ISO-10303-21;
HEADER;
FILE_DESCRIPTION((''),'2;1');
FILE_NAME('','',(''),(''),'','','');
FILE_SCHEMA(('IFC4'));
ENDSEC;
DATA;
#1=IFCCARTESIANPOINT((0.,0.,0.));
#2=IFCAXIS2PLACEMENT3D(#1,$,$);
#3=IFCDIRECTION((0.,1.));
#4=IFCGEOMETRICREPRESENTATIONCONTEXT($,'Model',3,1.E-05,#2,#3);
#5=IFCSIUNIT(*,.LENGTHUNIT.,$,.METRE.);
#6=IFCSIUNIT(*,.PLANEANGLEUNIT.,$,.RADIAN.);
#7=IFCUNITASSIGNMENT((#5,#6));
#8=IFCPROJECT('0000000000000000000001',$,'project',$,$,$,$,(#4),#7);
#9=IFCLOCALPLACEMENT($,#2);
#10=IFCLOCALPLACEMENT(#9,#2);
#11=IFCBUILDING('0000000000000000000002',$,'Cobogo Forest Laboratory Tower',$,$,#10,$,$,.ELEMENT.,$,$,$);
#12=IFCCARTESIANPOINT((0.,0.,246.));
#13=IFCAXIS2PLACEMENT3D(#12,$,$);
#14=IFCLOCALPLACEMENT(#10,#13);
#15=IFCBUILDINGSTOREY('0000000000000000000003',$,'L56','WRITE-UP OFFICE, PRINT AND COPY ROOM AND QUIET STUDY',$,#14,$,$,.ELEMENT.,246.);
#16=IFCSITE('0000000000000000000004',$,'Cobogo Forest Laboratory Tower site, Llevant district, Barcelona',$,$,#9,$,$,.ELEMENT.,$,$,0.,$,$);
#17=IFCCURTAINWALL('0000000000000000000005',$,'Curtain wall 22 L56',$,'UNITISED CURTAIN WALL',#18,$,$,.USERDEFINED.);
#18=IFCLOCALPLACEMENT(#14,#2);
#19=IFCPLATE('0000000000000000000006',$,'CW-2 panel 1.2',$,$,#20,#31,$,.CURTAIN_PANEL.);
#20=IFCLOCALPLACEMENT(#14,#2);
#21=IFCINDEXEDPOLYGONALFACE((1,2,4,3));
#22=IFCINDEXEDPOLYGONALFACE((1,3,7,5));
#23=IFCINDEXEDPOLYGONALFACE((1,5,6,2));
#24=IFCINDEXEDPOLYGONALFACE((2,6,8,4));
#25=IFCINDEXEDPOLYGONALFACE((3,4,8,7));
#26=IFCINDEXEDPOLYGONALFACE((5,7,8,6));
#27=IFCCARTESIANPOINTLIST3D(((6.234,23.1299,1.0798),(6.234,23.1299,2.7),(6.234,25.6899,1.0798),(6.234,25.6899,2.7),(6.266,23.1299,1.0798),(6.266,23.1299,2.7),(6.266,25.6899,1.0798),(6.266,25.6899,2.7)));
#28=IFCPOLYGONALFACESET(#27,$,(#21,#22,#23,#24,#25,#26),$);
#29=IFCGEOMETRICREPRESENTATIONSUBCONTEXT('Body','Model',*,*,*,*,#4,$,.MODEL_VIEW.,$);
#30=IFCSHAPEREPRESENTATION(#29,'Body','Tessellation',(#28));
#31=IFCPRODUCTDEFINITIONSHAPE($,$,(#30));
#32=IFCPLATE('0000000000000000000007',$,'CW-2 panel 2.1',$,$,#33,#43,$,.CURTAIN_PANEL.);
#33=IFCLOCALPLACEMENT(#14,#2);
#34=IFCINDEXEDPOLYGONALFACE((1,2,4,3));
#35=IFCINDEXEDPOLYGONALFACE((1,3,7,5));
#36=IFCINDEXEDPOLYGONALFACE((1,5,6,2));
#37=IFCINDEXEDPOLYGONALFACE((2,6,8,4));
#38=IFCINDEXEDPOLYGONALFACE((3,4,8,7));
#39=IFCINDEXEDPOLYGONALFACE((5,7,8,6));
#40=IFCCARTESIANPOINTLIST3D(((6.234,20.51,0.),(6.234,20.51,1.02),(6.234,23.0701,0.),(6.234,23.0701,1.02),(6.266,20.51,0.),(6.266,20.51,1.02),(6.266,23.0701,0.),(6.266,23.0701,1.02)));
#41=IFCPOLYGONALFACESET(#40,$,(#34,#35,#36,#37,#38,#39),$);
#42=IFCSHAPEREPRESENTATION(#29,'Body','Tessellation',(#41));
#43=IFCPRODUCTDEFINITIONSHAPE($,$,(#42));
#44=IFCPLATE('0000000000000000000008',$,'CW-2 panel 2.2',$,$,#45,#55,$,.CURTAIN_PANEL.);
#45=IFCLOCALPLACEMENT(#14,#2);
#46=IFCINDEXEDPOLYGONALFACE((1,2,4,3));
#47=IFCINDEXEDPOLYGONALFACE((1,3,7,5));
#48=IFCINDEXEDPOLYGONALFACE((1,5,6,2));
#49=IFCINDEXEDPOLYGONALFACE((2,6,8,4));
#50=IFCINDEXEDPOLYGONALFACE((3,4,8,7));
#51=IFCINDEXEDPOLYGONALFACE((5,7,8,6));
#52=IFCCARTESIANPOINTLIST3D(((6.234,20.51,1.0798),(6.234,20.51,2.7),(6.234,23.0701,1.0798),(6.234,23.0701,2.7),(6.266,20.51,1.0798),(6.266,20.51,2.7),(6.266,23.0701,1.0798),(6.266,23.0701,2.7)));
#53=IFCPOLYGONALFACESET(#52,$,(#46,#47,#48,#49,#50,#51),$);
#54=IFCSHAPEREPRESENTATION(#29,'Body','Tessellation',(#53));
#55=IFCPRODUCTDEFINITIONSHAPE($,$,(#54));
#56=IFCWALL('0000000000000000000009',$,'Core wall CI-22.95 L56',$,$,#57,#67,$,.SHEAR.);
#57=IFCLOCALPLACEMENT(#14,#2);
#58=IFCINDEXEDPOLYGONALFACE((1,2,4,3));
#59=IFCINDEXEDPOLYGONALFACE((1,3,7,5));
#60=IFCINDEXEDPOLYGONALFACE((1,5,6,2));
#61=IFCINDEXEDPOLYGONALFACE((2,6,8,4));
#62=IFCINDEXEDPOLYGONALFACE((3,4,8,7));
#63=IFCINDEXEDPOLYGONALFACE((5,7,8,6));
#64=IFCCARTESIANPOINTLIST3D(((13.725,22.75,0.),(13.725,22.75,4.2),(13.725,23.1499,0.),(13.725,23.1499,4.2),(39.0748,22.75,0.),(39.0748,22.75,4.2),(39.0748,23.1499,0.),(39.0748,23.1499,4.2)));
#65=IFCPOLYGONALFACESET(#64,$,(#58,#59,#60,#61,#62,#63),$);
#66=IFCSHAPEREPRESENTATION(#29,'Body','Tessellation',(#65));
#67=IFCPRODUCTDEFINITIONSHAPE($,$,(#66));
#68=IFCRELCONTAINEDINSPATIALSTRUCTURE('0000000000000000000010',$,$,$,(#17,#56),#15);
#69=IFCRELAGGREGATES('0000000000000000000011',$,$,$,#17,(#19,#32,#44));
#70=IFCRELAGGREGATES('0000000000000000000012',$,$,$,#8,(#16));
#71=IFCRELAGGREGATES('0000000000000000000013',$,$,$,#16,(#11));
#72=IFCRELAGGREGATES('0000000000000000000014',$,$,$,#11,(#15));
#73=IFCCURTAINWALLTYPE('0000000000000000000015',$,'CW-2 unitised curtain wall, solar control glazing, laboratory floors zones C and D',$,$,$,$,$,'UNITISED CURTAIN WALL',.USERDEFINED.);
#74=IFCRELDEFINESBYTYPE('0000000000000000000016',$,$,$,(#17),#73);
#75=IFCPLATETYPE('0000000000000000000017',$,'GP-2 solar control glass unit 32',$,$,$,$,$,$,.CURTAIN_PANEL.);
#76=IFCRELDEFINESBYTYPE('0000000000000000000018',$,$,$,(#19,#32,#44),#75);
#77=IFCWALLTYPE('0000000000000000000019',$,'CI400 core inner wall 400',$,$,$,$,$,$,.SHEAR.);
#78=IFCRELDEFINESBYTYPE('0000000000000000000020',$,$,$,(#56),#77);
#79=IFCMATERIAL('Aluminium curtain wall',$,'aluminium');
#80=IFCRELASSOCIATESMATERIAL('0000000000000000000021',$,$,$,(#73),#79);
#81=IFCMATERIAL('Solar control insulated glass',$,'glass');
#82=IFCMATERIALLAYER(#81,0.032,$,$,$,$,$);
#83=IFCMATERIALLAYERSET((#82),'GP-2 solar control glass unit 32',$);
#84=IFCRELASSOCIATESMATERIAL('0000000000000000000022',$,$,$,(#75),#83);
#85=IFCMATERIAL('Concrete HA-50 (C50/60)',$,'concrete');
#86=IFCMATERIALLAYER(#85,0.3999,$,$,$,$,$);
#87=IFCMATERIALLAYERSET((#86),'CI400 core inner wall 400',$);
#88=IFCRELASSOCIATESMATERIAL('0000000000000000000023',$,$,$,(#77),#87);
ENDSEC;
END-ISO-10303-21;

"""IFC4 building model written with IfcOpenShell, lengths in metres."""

from ifc_helpers import new_model, si_unit, direction, frame, frame_2d, origin, origin_2d, place, context, subcontext, project, spatial, rectangle, extrude, material, layer, layer_set, type_object, element, aggregate, save


model = new_model("IFC4")

# Units and contexts
model_context = context("Model", 3, precision=1e-05, world=origin(), true_north=direction((0.0, 1.0)))
body_context = subcontext(model_context, "Body", "Model", "MODEL_VIEW")
ifc_project = project(units=[si_unit("LENGTHUNIT", "METRE"), si_unit("PLANEANGLEUNIT", "RADIAN")], contexts=[model_context])

# Site, building, storey
site_placement = place(None, origin())
site = spatial("IfcSite", under=ifc_project, at=site_placement, Name="Cobogo Forest Laboratory Tower site, Llevant district, Barcelona", CompositionType="ELEMENT", RefElevation=0.0)
building_placement = place(site_placement, origin())
building = spatial("IfcBuilding", under=site, at=building_placement, Name="Cobogo Forest Laboratory Tower", CompositionType="ELEMENT")
storey_placement = place(building_placement, frame((0.0, 0.0, 246.0)))
storey = spatial("IfcBuildingStorey", under=building, at=storey_placement, Name="L56", Description="WRITE-UP OFFICE, PRINT AND COPY ROOM AND QUIET STUDY", CompositionType="ELEMENT", Elevation=246.0)

# Shared definitions
ifc_material_1 = material(Name="Concrete HA-50 (C50/60)", Category="concrete")

# Shared definitions
ifc_material_2 = material(Name="Aluminium curtain wall", Category="aluminium")
curtain_wall_type = type_object("IfcCurtainWallType", Name="CW-2 unitised curtain wall, solar control glazing, laboratory floors zones C and D", ElementType="UNITISED CURTAIN WALL", PredefinedType="USERDEFINED", material=ifc_material_2)

# Curtain wall
curtain_wall_1_placement = place(storey_placement, origin())
curtain_wall_1 = element("IfcCurtainWall", 1, at=curtain_wall_1_placement, inside=storey, type_object=curtain_wall_type, Name="Curtain wall 22 L56", ObjectType="UNITISED CURTAIN WALL", PredefinedType="USERDEFINED")

# Plates
ifc_material_3 = material(Name="Solar control insulated glass", Category="glass")
ifc_layer_1 = layer(ifc_material_3, 0.032)
ifc_layer_set_1 = layer_set([ifc_layer_1], Name="GP-2 solar control glass unit 32")
plate_type_1 = type_object("IfcPlateType", Name="GP-2 solar control glass unit 32", PredefinedType="CURTAIN_PANEL", material=ifc_layer_set_1)
plate_1_placement = place(storey_placement, frame((6.25, 24.4099, 1.0798), z_axis=(0.0, 0.0, 1.0), x_axis=(0.0, -1.0, 0.0)))
plate_1 = element("IfcPlate", 2, at=plate_1_placement, type_object=plate_type_1, Name="CW-2 panel 1.2", PredefinedType="CURTAIN_PANEL", context=body_context, shape_type="SweptSolid", body=[
    extrude(rectangle(XDim=2.5601, YDim=0.032, at=origin_2d()), origin(), (0.0, 0.0, 1.0), 1.6201),
])
plate_2_placement = place(storey_placement, frame((6.25, 21.79, 0.0), z_axis=(0.0, 0.0, 1.0), x_axis=(0.0, -1.0, 0.0)))
plate_2 = element("IfcPlate", 3, at=plate_2_placement, type_object=plate_type_1, Name="CW-2 panel 2.1", PredefinedType="CURTAIN_PANEL", context=body_context, shape_type="SweptSolid", body=[
    extrude(rectangle(XDim=2.5601, YDim=0.032, at=origin_2d()), origin(), (0.0, 0.0, 1.0), 1.02),
])
plate_3_placement = place(storey_placement, frame((6.25, 21.79, 1.0798), z_axis=(0.0, 0.0, 1.0), x_axis=(0.0, -1.0, 0.0)))
plate_3 = element("IfcPlate", 4, at=plate_3_placement, type_object=plate_type_1, Name="CW-2 panel 2.2", PredefinedType="CURTAIN_PANEL", context=body_context, shape_type="SweptSolid", body=[
    extrude(rectangle(XDim=2.5601, YDim=0.032, at=origin_2d()), origin(), (0.0, 0.0, 1.0), 1.6201),
])
aggregate(curtain_wall_1, [plate_1, plate_2, plate_3])

# Wall
ifc_layer_2 = layer(ifc_material_1, 0.3999)
ifc_layer_set_2 = layer_set([ifc_layer_2], Name="CI400 core inner wall 400")
wall_type_1 = type_object("IfcWallType", Name="CI400 core inner wall 400", PredefinedType="SHEAR", material=ifc_layer_set_2)
wall_1_placement = place(storey_placement, frame((13.7251, 22.95, 0.0), z_axis=(0.0, 0.0, 1.0), x_axis=(1.0, 0.0, 0.0)))
element("IfcWall", 5, at=wall_1_placement, inside=storey, type_object=wall_type_1, Name="Core wall CI-22.95 L56", PredefinedType="SHEAR", context=body_context, shape_type="SweptSolid", body=[
    extrude(rectangle(XDim=25.3499, YDim=0.3999, at=frame_2d((12.6748, 0.0))), origin(), (0.0, 0.0, 1.0), 4.2),
])

save(model, "model.ifc")
